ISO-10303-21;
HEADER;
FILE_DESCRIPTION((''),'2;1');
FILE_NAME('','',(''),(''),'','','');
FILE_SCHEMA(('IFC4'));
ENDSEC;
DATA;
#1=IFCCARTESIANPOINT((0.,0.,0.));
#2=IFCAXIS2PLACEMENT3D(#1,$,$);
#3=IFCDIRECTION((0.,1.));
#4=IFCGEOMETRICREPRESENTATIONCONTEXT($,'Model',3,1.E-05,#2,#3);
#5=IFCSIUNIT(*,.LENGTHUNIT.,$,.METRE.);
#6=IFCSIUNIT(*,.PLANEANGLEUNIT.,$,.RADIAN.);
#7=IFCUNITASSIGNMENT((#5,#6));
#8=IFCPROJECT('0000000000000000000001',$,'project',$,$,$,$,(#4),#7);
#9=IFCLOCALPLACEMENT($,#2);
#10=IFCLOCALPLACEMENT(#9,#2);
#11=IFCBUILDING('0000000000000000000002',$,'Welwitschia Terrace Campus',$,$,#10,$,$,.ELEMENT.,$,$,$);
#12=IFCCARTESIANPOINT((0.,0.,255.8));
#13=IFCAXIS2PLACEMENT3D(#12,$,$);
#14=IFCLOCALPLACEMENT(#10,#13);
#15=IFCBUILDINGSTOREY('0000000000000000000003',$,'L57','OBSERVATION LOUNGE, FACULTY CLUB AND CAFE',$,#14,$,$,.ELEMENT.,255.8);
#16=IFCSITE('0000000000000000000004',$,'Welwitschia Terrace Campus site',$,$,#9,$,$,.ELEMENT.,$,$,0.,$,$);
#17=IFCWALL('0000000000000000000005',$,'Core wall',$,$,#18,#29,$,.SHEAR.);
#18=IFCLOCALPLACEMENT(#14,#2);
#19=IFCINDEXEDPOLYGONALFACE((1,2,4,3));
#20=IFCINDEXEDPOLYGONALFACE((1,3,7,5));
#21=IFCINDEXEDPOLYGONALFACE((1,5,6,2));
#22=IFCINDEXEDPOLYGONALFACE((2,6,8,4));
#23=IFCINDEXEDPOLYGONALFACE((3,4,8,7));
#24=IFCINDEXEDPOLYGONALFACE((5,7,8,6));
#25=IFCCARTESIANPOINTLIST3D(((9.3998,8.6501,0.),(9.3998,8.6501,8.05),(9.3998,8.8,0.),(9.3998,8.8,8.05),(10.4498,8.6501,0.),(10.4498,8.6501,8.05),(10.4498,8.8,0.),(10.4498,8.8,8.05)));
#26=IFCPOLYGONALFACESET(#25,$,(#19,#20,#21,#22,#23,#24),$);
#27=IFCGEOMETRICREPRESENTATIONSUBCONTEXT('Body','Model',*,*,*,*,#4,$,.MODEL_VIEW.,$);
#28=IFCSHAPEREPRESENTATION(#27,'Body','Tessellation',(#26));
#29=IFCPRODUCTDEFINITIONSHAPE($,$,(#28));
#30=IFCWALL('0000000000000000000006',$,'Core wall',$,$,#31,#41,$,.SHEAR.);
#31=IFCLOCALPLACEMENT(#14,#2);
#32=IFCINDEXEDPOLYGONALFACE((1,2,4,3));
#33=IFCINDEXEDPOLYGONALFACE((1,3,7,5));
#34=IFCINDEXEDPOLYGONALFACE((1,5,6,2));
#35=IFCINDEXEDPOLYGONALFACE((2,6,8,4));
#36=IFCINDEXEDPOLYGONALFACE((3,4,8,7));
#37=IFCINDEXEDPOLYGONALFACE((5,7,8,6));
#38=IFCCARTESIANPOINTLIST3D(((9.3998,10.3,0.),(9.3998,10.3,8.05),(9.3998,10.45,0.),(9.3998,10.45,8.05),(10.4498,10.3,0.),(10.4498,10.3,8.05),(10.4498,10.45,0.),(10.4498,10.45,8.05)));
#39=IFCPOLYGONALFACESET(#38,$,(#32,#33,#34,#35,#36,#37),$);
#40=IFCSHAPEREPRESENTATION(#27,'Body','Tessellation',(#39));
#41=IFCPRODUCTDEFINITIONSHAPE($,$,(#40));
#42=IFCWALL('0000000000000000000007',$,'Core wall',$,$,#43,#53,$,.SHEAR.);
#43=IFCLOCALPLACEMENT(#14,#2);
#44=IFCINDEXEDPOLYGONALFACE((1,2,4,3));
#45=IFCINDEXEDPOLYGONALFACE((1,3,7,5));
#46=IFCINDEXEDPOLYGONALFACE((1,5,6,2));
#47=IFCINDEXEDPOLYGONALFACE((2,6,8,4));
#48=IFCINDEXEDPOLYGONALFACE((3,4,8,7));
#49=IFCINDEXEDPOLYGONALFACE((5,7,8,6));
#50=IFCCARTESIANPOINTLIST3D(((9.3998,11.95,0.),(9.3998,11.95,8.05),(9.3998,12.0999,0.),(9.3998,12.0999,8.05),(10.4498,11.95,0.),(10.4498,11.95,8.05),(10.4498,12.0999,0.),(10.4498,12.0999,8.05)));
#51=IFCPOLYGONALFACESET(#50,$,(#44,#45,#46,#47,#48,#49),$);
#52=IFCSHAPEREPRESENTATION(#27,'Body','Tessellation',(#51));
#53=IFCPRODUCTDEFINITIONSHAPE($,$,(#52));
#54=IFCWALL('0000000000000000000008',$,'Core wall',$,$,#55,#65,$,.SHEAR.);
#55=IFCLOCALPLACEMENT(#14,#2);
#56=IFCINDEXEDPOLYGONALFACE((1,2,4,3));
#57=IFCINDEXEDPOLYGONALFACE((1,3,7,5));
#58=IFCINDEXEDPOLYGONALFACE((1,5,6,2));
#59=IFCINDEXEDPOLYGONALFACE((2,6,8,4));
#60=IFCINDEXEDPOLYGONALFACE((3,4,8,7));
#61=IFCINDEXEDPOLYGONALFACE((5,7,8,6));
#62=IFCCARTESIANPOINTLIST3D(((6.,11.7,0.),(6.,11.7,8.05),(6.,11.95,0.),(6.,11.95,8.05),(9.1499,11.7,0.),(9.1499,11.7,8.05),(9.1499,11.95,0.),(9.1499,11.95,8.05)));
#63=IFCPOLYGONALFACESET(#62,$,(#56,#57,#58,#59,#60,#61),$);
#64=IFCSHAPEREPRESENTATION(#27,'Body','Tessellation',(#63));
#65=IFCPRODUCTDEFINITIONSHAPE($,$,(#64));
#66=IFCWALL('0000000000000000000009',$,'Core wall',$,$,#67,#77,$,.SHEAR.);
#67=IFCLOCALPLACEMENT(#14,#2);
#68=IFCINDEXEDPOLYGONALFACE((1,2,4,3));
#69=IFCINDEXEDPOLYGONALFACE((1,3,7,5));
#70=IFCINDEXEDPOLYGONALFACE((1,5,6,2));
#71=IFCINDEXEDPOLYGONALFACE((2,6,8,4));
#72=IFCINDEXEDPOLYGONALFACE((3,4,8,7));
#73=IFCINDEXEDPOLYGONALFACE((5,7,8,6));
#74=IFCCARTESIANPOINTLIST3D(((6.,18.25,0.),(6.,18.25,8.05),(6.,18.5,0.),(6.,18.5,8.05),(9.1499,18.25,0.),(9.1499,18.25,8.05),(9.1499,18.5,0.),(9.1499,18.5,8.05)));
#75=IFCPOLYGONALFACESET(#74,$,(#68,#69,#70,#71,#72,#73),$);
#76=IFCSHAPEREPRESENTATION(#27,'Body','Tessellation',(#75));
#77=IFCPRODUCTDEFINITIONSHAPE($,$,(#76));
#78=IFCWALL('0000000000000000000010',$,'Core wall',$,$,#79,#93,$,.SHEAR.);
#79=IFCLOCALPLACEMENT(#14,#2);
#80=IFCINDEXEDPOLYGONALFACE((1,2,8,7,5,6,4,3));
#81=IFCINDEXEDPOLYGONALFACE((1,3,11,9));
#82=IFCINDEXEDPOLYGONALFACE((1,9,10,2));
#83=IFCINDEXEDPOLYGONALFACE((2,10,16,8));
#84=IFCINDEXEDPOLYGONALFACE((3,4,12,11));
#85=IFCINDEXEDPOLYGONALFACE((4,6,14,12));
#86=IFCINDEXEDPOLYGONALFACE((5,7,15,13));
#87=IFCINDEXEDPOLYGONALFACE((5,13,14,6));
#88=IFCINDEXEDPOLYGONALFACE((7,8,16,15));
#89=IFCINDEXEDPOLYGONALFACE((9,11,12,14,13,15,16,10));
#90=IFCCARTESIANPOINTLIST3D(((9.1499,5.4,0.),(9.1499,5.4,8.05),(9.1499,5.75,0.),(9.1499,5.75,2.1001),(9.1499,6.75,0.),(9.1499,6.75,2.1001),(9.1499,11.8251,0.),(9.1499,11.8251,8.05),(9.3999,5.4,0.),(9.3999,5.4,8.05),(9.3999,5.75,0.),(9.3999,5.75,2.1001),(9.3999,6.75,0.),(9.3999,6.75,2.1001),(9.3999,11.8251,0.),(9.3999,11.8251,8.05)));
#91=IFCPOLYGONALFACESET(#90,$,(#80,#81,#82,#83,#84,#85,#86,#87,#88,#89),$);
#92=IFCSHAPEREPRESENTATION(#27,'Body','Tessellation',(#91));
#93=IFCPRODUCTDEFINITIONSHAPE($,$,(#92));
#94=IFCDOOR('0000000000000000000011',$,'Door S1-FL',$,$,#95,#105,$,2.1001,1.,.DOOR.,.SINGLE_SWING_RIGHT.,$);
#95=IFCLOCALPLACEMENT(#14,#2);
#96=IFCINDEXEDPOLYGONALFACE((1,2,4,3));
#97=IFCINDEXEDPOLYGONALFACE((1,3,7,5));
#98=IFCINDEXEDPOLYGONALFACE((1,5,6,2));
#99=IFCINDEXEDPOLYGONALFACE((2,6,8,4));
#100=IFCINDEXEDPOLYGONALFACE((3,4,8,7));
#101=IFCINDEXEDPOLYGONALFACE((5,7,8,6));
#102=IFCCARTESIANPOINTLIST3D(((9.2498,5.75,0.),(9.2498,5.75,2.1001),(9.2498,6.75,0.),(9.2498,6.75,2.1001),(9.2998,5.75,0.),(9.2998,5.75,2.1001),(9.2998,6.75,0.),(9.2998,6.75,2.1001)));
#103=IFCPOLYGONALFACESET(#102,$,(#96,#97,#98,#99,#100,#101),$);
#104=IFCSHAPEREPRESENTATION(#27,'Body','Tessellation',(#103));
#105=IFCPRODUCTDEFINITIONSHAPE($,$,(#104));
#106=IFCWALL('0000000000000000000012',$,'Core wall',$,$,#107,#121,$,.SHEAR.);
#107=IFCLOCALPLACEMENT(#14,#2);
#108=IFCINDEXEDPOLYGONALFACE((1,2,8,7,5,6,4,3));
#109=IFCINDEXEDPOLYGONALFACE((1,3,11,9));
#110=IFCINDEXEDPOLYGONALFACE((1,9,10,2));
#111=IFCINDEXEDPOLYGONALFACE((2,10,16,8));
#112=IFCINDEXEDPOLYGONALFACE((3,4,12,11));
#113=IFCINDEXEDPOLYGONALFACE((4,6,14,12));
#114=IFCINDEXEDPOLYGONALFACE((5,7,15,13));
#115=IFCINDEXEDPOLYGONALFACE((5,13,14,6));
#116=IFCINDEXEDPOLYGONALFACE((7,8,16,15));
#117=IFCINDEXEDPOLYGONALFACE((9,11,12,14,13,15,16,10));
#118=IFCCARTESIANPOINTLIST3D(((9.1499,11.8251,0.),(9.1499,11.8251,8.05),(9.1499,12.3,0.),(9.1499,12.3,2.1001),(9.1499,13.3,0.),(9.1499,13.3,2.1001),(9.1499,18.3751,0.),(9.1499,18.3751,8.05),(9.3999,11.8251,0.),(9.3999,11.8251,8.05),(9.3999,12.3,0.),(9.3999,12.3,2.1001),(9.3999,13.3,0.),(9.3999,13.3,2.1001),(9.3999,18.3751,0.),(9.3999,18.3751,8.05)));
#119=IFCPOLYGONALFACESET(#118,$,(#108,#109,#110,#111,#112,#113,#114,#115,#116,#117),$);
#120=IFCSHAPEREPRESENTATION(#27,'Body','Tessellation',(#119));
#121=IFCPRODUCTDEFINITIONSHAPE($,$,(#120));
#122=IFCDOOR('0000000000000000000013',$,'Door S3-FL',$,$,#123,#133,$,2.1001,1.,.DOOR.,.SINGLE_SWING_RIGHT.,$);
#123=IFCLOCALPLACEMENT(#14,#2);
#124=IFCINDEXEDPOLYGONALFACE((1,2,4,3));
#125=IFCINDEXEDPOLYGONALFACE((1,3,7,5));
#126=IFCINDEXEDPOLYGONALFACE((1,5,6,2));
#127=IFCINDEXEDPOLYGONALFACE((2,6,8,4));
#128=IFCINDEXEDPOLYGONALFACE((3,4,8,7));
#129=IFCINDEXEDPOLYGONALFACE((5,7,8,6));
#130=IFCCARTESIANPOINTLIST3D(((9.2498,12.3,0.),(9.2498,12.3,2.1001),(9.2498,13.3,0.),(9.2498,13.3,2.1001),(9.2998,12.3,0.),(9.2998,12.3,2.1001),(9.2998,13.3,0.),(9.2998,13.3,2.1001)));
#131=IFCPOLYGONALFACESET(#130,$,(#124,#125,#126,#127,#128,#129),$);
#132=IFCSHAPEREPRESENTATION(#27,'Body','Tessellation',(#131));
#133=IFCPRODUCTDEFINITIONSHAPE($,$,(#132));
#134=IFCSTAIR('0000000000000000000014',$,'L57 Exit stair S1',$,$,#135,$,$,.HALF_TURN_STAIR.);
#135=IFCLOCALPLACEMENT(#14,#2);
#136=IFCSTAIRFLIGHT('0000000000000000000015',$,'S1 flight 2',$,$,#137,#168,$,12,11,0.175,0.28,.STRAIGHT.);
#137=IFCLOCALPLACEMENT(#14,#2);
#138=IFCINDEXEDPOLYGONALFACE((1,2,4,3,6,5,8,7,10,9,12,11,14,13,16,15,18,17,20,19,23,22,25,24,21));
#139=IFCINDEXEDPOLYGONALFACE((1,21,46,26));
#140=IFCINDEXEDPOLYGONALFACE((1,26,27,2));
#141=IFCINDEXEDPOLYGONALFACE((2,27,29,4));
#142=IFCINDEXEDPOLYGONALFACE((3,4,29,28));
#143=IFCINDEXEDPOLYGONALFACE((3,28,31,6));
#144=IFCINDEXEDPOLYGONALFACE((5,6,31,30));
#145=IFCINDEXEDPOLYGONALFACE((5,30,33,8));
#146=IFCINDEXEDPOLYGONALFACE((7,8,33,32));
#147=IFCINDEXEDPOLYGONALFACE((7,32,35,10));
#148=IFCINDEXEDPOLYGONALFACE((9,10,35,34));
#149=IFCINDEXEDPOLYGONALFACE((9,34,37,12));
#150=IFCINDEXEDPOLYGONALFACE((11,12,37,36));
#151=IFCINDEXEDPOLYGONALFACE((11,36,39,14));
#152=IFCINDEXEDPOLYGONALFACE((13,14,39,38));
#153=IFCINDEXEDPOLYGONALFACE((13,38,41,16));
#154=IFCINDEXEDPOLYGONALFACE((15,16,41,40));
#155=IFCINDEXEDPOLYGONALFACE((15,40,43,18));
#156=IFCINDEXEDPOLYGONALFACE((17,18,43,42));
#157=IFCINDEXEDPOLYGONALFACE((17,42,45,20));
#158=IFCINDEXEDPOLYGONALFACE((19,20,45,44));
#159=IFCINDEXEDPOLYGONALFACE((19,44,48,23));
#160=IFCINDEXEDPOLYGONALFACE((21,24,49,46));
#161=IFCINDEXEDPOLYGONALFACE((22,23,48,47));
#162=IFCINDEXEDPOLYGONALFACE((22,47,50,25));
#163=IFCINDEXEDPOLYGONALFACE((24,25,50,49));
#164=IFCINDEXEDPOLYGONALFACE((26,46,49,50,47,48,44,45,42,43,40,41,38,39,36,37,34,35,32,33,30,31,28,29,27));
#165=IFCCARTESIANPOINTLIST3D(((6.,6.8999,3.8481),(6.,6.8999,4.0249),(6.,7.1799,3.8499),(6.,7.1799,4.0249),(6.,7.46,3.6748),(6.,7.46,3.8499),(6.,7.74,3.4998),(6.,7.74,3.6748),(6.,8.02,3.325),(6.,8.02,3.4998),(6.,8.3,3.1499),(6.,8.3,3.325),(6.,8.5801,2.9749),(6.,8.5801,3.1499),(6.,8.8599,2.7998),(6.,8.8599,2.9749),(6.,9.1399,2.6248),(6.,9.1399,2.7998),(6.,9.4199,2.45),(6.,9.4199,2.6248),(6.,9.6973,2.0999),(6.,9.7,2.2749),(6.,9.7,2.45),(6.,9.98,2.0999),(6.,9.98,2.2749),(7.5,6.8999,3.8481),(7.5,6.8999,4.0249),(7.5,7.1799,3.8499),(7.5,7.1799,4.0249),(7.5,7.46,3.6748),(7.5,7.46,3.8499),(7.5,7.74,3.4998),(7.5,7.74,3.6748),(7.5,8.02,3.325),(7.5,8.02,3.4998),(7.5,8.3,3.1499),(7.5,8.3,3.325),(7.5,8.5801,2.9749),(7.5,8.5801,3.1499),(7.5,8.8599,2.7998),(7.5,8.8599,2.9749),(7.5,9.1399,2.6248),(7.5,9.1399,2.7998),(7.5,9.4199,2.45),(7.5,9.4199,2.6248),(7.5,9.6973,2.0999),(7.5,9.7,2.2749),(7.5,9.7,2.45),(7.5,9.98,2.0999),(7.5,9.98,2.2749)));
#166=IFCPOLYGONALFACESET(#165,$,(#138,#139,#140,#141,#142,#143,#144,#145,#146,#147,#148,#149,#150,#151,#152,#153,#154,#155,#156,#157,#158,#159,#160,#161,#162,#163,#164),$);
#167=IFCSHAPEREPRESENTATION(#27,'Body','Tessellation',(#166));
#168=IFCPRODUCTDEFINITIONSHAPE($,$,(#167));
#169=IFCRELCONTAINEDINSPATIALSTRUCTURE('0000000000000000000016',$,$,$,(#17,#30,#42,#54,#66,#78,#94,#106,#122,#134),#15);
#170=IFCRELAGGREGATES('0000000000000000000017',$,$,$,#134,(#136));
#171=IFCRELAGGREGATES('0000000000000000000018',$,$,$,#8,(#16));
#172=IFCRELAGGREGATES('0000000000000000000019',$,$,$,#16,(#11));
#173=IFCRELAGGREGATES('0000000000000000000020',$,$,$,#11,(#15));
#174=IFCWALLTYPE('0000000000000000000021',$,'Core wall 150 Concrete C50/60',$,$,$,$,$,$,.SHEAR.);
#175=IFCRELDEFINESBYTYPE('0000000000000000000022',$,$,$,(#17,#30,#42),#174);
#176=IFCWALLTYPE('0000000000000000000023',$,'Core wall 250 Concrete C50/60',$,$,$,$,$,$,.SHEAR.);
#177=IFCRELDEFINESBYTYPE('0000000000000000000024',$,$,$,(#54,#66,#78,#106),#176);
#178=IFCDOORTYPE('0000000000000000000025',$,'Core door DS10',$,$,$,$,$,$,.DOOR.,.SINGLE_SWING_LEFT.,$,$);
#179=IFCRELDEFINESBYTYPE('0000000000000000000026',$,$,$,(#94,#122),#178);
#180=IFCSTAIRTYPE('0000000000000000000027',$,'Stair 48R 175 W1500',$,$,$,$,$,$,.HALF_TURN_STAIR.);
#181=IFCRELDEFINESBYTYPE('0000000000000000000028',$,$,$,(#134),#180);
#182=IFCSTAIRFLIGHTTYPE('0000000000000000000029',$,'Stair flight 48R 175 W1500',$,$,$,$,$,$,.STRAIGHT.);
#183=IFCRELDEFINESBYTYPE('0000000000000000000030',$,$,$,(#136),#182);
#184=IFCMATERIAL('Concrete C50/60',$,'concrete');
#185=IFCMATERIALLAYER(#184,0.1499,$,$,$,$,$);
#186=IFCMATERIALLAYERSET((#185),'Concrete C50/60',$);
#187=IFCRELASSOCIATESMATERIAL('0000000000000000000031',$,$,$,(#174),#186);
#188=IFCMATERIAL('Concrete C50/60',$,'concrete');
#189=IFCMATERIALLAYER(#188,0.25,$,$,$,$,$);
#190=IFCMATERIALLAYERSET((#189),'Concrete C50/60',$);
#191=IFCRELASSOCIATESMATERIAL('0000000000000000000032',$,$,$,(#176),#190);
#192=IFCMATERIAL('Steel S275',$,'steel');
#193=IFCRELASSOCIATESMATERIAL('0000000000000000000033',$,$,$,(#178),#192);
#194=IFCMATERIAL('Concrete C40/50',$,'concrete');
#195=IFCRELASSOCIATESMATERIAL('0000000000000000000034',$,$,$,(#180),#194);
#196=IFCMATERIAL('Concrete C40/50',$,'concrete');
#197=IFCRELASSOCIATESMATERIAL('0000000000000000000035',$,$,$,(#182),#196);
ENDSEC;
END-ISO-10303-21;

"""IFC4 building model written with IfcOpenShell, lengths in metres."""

from ifc_helpers import new_model, si_unit, direction, frame, frame_2d, origin, place, context, subcontext, project, spatial, polyline, rectangle, outline, extrude, material, layer, layer_set, type_object, element, fill, aggregate, save


model = new_model("IFC4")

# Units and contexts
model_context = context("Model", 3, precision=1e-05, world=origin(), true_north=direction((0.0, 1.0)))
body_context = subcontext(model_context, "Body", "Model", "MODEL_VIEW")
ifc_project = project(units=[si_unit("LENGTHUNIT", "METRE"), si_unit("PLANEANGLEUNIT", "RADIAN")], contexts=[model_context])

# Site, building, storey
site_placement = place(None, origin())
site = spatial("IfcSite", under=ifc_project, at=site_placement, Name="Welwitschia Terrace Campus site", CompositionType="ELEMENT", RefElevation=0.0)
building_placement = place(site_placement, origin())
building = spatial("IfcBuilding", under=site, at=building_placement, Name="Welwitschia Terrace Campus", CompositionType="ELEMENT")
storey_placement = place(building_placement, frame((0.0, 0.0, 255.8)))
storey = spatial("IfcBuildingStorey", under=building, at=storey_placement, Name="L57", Description="OBSERVATION LOUNGE, FACULTY CLUB AND CAFE", CompositionType="ELEMENT", Elevation=255.8)

# Walls
ifc_material_1 = material(Name="Concrete C50/60", Category="concrete")
ifc_layer_1 = layer(ifc_material_1, 0.1499)
ifc_layer_set_1 = layer_set([ifc_layer_1], Name="Concrete C50/60")
wall_type_1 = type_object("IfcWallType", Name="Core wall 150 Concrete C50/60", PredefinedType="SHEAR", material=ifc_layer_set_1)
for number, where, z_axis, x_axis, name in (
    (1, (9.3999, 8.7251, 0.0), (0.0, 0.0, 1.0), (1.0, 0.0, 0.0), "Core wall"),
    (2, (9.3999, 10.375, 0.0), (0.0, 0.0, 1.0), (1.0, 0.0, 0.0), "Core wall"),
    (3, (9.3999, 12.0249, 0.0), (0.0, 0.0, 1.0), (1.0, 0.0, 0.0), "Core wall"),
):
    element("IfcWall", number, at=place(storey_placement, frame(where, z_axis=z_axis, x_axis=x_axis)), inside=storey, type_object=wall_type_1, Name=name, PredefinedType="SHEAR", context=body_context, shape_type="SweptSolid", body=[
        extrude(rectangle(XDim=1.05, YDim=0.1499, at=frame_2d((0.5249, 0.0))), origin(), (0.0, 0.0, 1.0), 8.05),
    ])
ifc_material_2 = material(Name="Concrete C50/60", Category="concrete")
ifc_layer_2 = layer(ifc_material_2, 0.25)
ifc_layer_set_2 = layer_set([ifc_layer_2], Name="Concrete C50/60")
wall_type_2 = type_object("IfcWallType", Name="Core wall 250 Concrete C50/60", PredefinedType="SHEAR", material=ifc_layer_set_2)
for number, where, z_axis, x_axis, name in (
    (4, (6.0, 11.825, 0.0), (0.0, 0.0, 1.0), (1.0, 0.0, 0.0), "Core wall"),
    (5, (6.0, 18.375, 0.0), (0.0, 0.0, 1.0), (1.0, 0.0, 0.0), "Core wall"),
):
    element("IfcWall", number, at=place(storey_placement, frame(where, z_axis=z_axis, x_axis=x_axis)), inside=storey, type_object=wall_type_2, Name=name, PredefinedType="SHEAR", context=body_context, shape_type="SweptSolid", body=[
        extrude(rectangle(XDim=3.1499, YDim=0.25, at=frame_2d((1.575, 0.0))), origin(), (0.0, 0.0, 1.0), 8.05),
    ])

# Walls, openings, doors
wall_1_placement = place(storey_placement, frame((9.2749, 11.825, 0.0), z_axis=(0.0, 0.0, 1.0), x_axis=(0.0, -1.0, 0.0)))
wall_1 = element("IfcWall", 6, at=wall_1_placement, inside=storey, type_object=wall_type_2, Name="Core wall", PredefinedType="SHEAR", context=body_context, shape_type="SweptSolid", body=[
    extrude(rectangle(XDim=6.425, YDim=0.25, at=frame_2d((3.2124, 0.0))), origin(), (0.0, 0.0, 1.0), 8.05),
])
opening_1_placement = place(wall_1_placement, frame((5.075, 0.0, 0.0)))
opening_1 = element("IfcOpeningElement", 7, at=opening_1_placement, cuts=wall_1, PredefinedType="OPENING", context=body_context, shape_type="SweptSolid", body=[
    extrude(rectangle(XDim=1.0, YDim=2.1001, at=frame_2d((0.5, 1.05))), frame((0.0, 0.135, 0.0), z_axis=(0.0, -1.0, 0.0), x_axis=(1.0, 0.0, 0.0)), (0.0, 0.0, 1.0), 0.27),
])
ifc_material_3 = material(Name="Steel S275", Category="steel")
door_type_1 = type_object("IfcDoorType", Name="Core door DS10", OperationType="SINGLE_SWING_LEFT", PredefinedType="DOOR", material=ifc_material_3)
door_1_placement = place(opening_1_placement, origin())
door_1 = element("IfcDoor", 8, at=door_1_placement, inside=storey, type_object=door_type_1, Name="Door S1-FL", OperationType="SINGLE_SWING_RIGHT", OverallHeight=2.1001, OverallWidth=1.0, PredefinedType="DOOR", context=body_context, shape_type="SweptSolid", body=[
    extrude(rectangle(XDim=1.0, YDim=2.1001, at=frame_2d((0.5, 1.05))), frame((0.0, 0.0249, 0.0), z_axis=(0.0, -1.0, 0.0), x_axis=(1.0, 0.0, 0.0)), (0.0, 0.0, 1.0), 0.05),
])
fill(opening_1, door_1)
wall_2_placement = place(storey_placement, frame((9.2749, 18.375, 0.0), z_axis=(0.0, 0.0, 1.0), x_axis=(0.0, -1.0, 0.0)))
wall_2 = element("IfcWall", 9, at=wall_2_placement, inside=storey, type_object=wall_type_2, Name="Core wall", PredefinedType="SHEAR", context=body_context, shape_type="SweptSolid", body=[
    extrude(rectangle(XDim=6.55, YDim=0.25, at=frame_2d((3.2749, 0.0))), origin(), (0.0, 0.0, 1.0), 8.05),
])
opening_2_placement = place(wall_2_placement, frame((5.075, 0.0, 0.0)))
opening_2 = element("IfcOpeningElement", 10, at=opening_2_placement, cuts=wall_2, PredefinedType="OPENING", context=body_context, shape_type="SweptSolid", body=[
    extrude(rectangle(XDim=1.0, YDim=2.1001, at=frame_2d((0.5, 1.05))), frame((0.0, 0.135, 0.0), z_axis=(0.0, -1.0, 0.0), x_axis=(1.0, 0.0, 0.0)), (0.0, 0.0, 1.0), 0.27),
])
door_2_placement = place(opening_2_placement, origin())
door_2 = element("IfcDoor", 11, at=door_2_placement, inside=storey, type_object=door_type_1, Name="Door S3-FL", OperationType="SINGLE_SWING_RIGHT", OverallHeight=2.1001, OverallWidth=1.0, PredefinedType="DOOR", context=body_context, shape_type="SweptSolid", body=[
    extrude(rectangle(XDim=1.0, YDim=2.1001, at=frame_2d((0.5, 1.05))), frame((0.0, 0.0249, 0.0), z_axis=(0.0, -1.0, 0.0), x_axis=(1.0, 0.0, 0.0)), (0.0, 0.0, 1.0), 0.05),
])
fill(opening_2, door_2)

# Stair, stair flight
ifc_material_4 = material(Name="Concrete C40/50", Category="concrete")
stair_type = type_object("IfcStairType", Name="Stair 48R 175 W1500", PredefinedType="HALF_TURN_STAIR", material=ifc_material_4)
stair_1_placement = place(storey_placement, origin())
stair_1 = element("IfcStair", 12, at=stair_1_placement, inside=storey, type_object=stair_type, Name="L57 Exit stair S1", PredefinedType="HALF_TURN_STAIR")
ifc_material_5 = material(Name="Concrete C40/50", Category="concrete")
stair_flight_type = type_object("IfcStairFlightType", Name="Stair flight 48R 175 W1500", PredefinedType="STRAIGHT", material=ifc_material_5)
stair_flight_1_placement = place(storey_placement, frame((6.75, 9.98, 2.0999), z_axis=(0.0, 0.0, 1.0), x_axis=(0.0, -1.0, 0.0)))
stair_flight_1 = element("IfcStairFlight", 13, at=stair_flight_1_placement, type_object=stair_flight_type, Name="S1 flight 2", NumberOfRisers=12, NumberOfTreads=11, PredefinedType="STRAIGHT", RiserHeight=0.175, TreadLength=0.28, context=body_context, shape_type="SweptSolid", body=[
    extrude(outline(polyline([(0.0, 0.0), (0.0, 0.175), (0.28, 0.175), (0.28, 0.3501), (0.5601, 0.3501), (0.5601, 0.5249), (0.8401, 0.5249), (0.8401, 0.7), (1.1201, 0.7), (1.1201, 0.875), (1.3999, 0.875), (1.3999, 1.05), (1.6799, 1.05), (1.6799, 1.2251), (1.96, 1.2251), (1.96, 1.3999), (2.24, 1.3999), (2.24, 1.575), (2.52, 1.575), (2.52, 1.75), (2.8, 1.75), (2.8, 1.925), (3.0801, 1.925), (3.0801, 2.1001), (3.0801, 1.7483), (0.2827, 0.0), (0.0, 0.0)])), frame((0.0, 0.75, 0.0), z_axis=(0.0, -1.0, 0.0), x_axis=(1.0, 0.0, 0.0)), (0.0, 0.0, 1.0), 1.5),
])
aggregate(stair_1, [stair_flight_1])

save(model, "model.ifc")
